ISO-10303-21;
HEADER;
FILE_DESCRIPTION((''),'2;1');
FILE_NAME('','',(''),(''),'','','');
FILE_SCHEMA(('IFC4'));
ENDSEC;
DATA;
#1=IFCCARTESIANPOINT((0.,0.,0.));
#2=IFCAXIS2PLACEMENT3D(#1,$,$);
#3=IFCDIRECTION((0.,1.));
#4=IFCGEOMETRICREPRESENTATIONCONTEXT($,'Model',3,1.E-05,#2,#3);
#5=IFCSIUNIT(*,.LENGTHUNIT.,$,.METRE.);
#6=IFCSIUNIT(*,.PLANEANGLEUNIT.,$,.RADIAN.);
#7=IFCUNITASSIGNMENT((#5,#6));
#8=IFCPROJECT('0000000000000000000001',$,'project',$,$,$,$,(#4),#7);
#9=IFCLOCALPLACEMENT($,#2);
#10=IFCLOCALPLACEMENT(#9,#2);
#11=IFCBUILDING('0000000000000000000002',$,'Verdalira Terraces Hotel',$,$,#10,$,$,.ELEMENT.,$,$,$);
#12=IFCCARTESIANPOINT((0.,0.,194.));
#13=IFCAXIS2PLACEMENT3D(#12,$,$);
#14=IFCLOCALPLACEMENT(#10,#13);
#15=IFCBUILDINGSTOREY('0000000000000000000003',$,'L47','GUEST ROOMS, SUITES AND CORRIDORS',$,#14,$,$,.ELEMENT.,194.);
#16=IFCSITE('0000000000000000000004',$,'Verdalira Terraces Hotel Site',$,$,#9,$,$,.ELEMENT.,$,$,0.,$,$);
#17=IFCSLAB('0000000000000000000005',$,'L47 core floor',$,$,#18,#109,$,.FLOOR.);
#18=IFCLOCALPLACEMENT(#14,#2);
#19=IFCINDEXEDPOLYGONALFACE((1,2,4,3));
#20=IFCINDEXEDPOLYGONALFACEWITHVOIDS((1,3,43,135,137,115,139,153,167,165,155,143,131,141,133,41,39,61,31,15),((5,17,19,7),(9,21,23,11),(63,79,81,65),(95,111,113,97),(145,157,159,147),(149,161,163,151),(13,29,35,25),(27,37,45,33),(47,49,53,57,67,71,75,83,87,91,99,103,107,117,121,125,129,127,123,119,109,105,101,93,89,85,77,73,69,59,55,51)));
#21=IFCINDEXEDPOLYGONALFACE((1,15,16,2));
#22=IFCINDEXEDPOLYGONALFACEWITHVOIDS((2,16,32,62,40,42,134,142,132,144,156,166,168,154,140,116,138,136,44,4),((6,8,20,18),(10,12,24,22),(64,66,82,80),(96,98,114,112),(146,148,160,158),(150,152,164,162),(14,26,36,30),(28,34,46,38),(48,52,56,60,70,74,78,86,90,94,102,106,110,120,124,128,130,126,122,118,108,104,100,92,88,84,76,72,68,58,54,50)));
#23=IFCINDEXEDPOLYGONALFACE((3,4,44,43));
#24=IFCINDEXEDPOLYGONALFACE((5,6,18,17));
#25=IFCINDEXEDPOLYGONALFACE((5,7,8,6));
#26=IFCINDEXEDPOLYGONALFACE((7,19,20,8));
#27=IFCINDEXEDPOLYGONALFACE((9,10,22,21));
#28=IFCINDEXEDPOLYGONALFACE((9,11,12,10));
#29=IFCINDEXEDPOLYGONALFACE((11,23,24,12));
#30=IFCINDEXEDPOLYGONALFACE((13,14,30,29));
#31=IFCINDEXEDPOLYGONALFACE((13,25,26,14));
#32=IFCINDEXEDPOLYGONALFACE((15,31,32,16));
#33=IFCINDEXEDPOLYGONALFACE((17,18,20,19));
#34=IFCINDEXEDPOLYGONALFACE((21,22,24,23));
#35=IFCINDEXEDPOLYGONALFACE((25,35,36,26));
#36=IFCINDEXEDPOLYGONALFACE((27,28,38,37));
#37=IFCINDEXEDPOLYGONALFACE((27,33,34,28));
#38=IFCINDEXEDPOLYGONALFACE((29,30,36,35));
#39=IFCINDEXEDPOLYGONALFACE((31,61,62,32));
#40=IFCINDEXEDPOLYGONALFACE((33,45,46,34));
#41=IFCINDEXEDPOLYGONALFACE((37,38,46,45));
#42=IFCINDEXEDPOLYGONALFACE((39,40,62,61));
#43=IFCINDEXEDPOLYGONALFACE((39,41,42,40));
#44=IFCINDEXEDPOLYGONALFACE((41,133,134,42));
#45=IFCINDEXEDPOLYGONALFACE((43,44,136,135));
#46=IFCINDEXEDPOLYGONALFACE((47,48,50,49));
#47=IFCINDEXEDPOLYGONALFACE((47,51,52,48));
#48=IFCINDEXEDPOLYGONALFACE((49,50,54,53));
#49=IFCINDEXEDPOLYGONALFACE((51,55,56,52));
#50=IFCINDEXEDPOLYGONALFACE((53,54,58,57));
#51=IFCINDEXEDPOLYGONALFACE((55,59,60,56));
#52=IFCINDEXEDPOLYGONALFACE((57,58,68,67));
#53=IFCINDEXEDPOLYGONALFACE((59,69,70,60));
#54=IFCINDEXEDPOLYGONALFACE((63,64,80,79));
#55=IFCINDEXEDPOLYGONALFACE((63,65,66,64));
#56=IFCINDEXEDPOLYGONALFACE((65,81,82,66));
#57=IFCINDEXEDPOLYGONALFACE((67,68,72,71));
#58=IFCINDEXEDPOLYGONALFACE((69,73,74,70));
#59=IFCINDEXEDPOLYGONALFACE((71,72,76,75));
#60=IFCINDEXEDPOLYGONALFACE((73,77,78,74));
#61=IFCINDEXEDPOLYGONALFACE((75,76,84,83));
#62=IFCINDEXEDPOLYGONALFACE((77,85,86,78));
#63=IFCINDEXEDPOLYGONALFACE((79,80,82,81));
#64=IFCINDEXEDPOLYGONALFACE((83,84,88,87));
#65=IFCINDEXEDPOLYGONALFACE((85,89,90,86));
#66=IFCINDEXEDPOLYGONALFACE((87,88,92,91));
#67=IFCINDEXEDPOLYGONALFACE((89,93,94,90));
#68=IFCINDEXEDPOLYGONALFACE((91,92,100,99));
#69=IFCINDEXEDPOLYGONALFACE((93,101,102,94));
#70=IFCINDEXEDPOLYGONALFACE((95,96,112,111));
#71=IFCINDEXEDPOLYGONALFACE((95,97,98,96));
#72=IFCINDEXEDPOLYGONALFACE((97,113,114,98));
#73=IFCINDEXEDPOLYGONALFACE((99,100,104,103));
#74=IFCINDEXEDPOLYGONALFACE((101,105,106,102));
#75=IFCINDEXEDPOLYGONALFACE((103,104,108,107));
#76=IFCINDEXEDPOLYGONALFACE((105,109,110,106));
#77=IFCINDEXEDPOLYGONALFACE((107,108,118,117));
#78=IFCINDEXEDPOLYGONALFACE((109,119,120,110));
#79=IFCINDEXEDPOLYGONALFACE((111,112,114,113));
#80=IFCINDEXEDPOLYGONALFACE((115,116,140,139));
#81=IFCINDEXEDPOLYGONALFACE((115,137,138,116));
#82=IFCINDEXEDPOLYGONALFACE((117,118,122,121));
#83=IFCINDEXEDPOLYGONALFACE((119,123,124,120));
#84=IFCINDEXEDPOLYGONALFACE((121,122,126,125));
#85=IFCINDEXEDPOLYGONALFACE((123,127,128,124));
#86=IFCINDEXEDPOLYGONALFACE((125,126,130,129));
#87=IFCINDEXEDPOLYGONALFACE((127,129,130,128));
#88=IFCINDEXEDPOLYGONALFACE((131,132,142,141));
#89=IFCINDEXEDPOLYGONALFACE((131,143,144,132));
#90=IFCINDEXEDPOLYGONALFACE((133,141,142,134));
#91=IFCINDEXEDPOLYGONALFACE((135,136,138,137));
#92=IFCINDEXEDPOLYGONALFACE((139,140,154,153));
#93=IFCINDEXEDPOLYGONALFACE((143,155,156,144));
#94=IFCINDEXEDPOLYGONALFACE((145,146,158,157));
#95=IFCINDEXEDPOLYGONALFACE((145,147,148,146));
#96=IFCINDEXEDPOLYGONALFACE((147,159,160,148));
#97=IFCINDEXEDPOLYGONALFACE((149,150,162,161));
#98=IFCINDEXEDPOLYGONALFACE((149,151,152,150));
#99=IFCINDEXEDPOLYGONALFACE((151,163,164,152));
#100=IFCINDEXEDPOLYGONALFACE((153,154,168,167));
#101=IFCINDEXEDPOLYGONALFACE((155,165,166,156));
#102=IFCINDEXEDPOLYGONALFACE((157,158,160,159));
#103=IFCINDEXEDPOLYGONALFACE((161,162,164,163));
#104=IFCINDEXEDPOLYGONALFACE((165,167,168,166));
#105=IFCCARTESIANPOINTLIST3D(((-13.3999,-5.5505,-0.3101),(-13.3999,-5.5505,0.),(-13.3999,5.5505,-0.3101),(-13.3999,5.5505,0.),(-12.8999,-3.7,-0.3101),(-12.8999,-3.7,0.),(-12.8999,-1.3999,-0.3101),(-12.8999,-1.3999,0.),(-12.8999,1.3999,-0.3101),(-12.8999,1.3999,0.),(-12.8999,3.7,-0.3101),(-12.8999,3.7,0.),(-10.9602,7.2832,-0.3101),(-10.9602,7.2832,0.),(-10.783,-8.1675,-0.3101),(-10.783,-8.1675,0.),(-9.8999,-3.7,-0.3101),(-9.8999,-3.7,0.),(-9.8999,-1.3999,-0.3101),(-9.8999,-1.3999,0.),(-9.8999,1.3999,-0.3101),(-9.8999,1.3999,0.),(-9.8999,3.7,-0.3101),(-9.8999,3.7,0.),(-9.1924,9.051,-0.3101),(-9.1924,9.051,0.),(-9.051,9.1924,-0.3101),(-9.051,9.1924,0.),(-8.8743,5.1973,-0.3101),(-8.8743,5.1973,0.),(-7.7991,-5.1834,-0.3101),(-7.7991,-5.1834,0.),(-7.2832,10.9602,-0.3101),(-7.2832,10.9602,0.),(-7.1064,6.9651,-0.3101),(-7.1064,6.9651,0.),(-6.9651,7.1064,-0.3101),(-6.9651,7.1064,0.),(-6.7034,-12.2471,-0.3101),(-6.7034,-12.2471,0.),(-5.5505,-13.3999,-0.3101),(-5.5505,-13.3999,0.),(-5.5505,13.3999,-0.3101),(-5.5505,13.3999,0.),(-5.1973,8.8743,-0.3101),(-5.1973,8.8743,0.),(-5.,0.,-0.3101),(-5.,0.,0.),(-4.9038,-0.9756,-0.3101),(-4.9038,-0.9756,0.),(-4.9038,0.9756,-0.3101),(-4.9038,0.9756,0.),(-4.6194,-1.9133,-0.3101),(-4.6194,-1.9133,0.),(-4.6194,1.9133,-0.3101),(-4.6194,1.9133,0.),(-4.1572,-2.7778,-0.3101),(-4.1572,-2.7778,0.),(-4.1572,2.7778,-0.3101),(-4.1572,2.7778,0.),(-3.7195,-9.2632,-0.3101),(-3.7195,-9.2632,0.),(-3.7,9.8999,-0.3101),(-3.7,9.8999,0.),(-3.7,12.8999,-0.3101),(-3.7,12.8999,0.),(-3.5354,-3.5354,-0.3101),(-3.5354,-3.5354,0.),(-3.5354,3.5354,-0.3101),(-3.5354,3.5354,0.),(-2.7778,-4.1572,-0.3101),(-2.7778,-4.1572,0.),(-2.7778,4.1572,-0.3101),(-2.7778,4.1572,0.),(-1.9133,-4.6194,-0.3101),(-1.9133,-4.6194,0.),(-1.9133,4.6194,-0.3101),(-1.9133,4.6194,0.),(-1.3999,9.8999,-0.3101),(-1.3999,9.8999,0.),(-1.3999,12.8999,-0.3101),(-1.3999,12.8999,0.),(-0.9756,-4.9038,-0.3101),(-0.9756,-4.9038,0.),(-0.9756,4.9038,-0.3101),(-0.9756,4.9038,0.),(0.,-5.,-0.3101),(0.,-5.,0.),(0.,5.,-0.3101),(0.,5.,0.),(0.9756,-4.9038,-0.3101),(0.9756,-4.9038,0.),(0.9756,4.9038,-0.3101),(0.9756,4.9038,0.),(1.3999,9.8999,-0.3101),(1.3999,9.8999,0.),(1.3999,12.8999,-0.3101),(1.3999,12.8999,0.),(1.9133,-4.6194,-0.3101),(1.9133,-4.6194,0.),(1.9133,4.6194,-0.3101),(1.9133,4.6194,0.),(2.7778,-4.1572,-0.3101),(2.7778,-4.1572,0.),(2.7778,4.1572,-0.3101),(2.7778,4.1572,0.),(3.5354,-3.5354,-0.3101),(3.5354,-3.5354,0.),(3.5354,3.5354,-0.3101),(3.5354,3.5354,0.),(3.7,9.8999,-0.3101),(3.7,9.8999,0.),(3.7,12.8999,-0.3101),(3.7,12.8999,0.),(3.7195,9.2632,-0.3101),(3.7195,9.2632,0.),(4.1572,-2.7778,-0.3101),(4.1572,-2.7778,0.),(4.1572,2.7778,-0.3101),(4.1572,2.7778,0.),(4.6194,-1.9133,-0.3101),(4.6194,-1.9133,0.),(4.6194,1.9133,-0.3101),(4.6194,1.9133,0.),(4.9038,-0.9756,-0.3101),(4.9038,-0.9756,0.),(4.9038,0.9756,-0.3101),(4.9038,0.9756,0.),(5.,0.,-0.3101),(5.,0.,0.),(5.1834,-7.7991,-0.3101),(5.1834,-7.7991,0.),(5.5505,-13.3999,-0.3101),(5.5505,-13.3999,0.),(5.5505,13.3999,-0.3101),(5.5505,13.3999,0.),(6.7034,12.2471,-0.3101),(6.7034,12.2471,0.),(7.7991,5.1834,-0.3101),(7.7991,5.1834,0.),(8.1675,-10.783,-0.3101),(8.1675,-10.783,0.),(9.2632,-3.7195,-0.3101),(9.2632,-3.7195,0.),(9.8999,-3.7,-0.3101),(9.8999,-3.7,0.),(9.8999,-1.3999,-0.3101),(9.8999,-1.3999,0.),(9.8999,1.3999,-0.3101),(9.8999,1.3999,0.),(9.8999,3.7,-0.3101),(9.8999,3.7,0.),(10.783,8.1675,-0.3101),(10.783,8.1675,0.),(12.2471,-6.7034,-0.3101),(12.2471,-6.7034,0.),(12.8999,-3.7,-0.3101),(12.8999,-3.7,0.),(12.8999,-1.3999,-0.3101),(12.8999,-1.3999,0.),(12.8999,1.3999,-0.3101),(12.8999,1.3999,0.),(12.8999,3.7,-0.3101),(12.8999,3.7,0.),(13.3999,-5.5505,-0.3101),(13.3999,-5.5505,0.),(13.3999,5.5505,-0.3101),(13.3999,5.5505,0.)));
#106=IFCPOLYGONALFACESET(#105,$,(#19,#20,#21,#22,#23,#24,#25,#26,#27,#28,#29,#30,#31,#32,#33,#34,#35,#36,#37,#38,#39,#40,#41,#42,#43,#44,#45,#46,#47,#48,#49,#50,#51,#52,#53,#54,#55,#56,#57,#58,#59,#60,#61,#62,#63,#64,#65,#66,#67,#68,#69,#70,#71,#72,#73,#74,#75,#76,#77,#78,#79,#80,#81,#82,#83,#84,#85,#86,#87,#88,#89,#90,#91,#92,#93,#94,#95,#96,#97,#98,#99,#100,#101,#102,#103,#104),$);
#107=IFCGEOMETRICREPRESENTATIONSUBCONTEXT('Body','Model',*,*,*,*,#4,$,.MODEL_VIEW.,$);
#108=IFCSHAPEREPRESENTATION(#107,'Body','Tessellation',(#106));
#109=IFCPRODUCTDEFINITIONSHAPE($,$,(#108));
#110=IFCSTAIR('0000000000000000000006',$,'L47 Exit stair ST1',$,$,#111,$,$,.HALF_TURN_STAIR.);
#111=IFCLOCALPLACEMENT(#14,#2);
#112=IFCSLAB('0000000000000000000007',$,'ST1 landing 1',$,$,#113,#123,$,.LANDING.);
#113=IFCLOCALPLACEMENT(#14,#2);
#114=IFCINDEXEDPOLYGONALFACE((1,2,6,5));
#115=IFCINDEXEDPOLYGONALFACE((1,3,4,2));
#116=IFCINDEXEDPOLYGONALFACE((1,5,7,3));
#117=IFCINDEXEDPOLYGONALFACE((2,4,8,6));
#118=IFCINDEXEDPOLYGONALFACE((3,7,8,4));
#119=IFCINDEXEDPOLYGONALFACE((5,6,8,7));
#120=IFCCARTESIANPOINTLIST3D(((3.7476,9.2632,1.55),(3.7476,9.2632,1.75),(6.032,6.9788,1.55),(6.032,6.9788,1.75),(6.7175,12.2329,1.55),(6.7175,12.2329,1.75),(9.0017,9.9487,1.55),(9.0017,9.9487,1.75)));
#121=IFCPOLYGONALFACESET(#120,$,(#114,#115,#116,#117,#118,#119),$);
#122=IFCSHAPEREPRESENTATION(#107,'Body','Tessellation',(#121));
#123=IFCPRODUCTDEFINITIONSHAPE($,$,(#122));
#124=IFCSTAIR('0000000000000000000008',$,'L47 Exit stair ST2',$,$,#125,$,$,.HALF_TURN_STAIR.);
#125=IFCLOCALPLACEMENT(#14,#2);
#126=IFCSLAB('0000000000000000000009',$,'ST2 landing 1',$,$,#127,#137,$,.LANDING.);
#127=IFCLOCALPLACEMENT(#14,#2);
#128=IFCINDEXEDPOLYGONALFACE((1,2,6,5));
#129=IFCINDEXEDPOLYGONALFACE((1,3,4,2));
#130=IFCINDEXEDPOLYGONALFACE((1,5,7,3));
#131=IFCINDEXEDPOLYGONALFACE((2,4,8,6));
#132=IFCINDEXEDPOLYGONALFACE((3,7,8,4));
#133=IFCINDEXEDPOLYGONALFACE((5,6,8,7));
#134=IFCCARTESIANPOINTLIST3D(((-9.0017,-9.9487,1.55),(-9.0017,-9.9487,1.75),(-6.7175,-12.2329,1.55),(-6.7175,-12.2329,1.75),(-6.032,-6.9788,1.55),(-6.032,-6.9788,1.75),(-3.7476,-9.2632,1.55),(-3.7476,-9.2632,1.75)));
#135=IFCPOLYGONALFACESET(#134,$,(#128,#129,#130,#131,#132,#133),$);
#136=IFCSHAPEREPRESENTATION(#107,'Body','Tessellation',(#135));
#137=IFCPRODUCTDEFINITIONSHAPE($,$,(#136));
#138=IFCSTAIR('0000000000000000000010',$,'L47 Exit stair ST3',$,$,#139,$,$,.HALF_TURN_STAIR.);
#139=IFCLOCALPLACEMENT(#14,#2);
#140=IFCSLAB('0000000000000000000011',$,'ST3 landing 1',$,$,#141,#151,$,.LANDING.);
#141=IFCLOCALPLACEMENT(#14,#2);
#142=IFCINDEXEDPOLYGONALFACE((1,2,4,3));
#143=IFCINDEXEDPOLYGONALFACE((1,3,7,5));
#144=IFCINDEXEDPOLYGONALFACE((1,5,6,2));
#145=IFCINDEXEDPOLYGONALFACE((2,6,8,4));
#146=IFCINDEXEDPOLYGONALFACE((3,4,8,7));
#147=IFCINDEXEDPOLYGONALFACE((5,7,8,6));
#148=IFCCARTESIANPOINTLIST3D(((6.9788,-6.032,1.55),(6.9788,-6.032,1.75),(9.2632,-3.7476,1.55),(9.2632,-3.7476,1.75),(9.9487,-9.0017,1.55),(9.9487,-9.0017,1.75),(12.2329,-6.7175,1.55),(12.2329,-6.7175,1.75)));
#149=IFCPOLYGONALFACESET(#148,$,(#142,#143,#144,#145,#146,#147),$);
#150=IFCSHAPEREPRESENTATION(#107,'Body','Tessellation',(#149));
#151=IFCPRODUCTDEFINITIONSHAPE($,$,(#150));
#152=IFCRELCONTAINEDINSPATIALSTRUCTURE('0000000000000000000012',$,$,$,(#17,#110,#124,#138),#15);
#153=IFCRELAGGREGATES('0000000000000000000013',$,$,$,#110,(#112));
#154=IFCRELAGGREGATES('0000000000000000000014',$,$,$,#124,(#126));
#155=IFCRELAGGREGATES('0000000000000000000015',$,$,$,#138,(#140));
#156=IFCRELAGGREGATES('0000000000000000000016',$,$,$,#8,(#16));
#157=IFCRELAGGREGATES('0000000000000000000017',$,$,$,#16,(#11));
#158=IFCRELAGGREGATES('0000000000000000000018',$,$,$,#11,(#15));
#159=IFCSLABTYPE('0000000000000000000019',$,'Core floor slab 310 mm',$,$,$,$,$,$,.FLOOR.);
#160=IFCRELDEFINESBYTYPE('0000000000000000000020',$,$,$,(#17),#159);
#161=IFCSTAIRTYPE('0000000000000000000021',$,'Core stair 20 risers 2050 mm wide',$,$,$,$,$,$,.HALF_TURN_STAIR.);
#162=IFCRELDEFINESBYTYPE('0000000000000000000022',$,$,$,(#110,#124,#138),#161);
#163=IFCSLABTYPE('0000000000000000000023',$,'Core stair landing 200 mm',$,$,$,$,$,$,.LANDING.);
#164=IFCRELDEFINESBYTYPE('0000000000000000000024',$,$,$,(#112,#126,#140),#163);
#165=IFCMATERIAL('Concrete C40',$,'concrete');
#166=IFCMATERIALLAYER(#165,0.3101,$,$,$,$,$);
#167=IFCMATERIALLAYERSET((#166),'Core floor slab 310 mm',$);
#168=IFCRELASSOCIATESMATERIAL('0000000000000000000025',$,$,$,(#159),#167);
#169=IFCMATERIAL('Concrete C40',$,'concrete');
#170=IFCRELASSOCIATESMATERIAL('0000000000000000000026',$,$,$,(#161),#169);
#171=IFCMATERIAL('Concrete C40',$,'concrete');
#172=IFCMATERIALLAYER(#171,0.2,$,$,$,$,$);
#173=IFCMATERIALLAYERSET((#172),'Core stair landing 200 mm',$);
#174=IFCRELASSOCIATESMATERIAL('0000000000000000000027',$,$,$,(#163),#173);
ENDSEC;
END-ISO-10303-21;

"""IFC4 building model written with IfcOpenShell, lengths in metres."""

from ifc_helpers import new_model, si_unit, direction, frame, origin, place, context, subcontext, project, spatial, polyline, outline, extrude, material, layer, layer_set, type_object, element, aggregate, save


model = new_model("IFC4")

# Units and contexts
model_context = context("Model", 3, precision=1e-05, world=origin(), true_north=direction((0.0, 1.0)))
body_context = subcontext(model_context, "Body", "Model", "MODEL_VIEW")
ifc_project = project(units=[si_unit("LENGTHUNIT", "METRE"), si_unit("PLANEANGLEUNIT", "RADIAN")], contexts=[model_context])

# Site, building, storey
site_placement = place(None, origin())
site = spatial("IfcSite", under=ifc_project, at=site_placement, Name="Verdalira Terraces Hotel Site", CompositionType="ELEMENT", RefElevation=0.0)
building_placement = place(site_placement, origin())
building = spatial("IfcBuilding", under=site, at=building_placement, Name="Verdalira Terraces Hotel", CompositionType="ELEMENT")
storey_placement = place(building_placement, frame((0.0, 0.0, 194.0)))
storey = spatial("IfcBuildingStorey", under=building, at=storey_placement, Name="L47", Description="GUEST ROOMS, SUITES AND CORRIDORS", CompositionType="ELEMENT", Elevation=194.0)

# Slab
ifc_material_1 = material(Name="Concrete C40", Category="concrete")
ifc_layer_1 = layer(ifc_material_1, 0.3101)
ifc_layer_set_1 = layer_set([ifc_layer_1], Name="Core floor slab 310 mm")
slab_type_1 = type_object("IfcSlabType", Name="Core floor slab 310 mm", PredefinedType="FLOOR", material=ifc_layer_set_1)
slab_1_placement = place(storey_placement, frame((0.0, 0.0, -0.3101)))
element("IfcSlab", 1, at=slab_1_placement, inside=storey, type_object=slab_type_1, Name="L47 core floor", PredefinedType="FLOOR", context=body_context, shape_type="SweptSolid", body=[
    extrude(outline(polyline([(-6.7034, -12.2471), (-3.7195, -9.2632), (-7.7991, -5.1833), (-10.783, -8.1675), (-13.3999, -5.5505), (-13.3999, 5.5505), (-5.5505, 13.3999), (5.5505, 13.3999), (6.7034, 12.2471), (3.7195, 9.2632), (7.7991, 5.1833), (10.783, 8.1675), (13.3999, 5.5505), (13.3999, -5.5505), (12.2471, -6.7034), (9.2632, -3.7195), (5.1833, -7.7991), (8.1675, -10.783), (5.5505, -13.3999), (-5.5505, -13.3999), (-6.7034, -12.2471)]), holes=[polyline([(9.8999, -1.3999), (9.8999, -3.7), (12.8999, -3.7), (12.8999, -1.3999), (9.8999, -1.3999)]), polyline([(9.8999, 3.7), (9.8999, 1.3999), (12.8999, 1.3999), (12.8999, 3.7), (9.8999, 3.7)]), polyline([(3.7, 12.8999), (1.3999, 12.8999), (1.3999, 9.8999), (3.7, 9.8999), (3.7, 12.8999)]), polyline([(-1.3999, 12.8999), (-3.7, 12.8999), (-3.7, 9.8999), (-1.3999, 9.8999), (-1.3999, 12.8999)]), polyline([(-9.8999, 1.3999), (-9.8999, 3.7), (-12.8999, 3.7), (-12.8999, 1.3999), (-9.8999, 1.3999)]), polyline([(-9.8999, -3.7), (-9.8999, -1.3999), (-12.8999, -1.3999), (-12.8999, -3.7), (-9.8999, -3.7)]), polyline([(-9.051, 9.1924), (-6.9651, 7.1064), (-5.1973, 8.8743), (-7.2832, 10.9602), (-9.051, 9.1924)]), polyline([(-9.1924, 9.051), (-10.9602, 7.2832), (-8.8743, 5.1973), (-7.1064, 6.9651), (-9.1924, 9.051)]), polyline([(3.5354, 3.5354), (2.7778, 4.1572), (1.9133, 4.6194), (0.9756, 4.9038), (0.0, 5.0), (-0.9756, 4.9038), (-1.9133, 4.6194), (-2.7778, 4.1572), (-3.5354, 3.5354), (-4.1572, 2.7778), (-4.6194, 1.9133), (-4.9038, 0.9756), (-5.0, 0.0), (-4.9038, -0.9756), (-4.6194, -1.9133), (-4.1572, -2.7778), (-3.5354, -3.5354), (-2.7778, -4.1572), (-1.9133, -4.6194), (-0.9756, -4.9038), (0.0, -5.0), (0.9756, -4.9038), (1.9133, -4.6194), (2.7778, -4.1572), (3.5354, -3.5354), (4.1572, -2.7778), (4.6194, -1.9133), (4.9038, -0.9756), (5.0, 0.0), (4.9038, 0.9756), (4.6194, 1.9133), (4.1572, 2.7778), (3.5354, 3.5354)])]), origin(), (0.0, 0.0, 1.0), 0.3101),
])

# Stairs, slabs
ifc_material_2 = material(Name="Concrete C40", Category="concrete")
stair_type = type_object("IfcStairType", Name="Core stair 20 risers 2050 mm wide", PredefinedType="HALF_TURN_STAIR", material=ifc_material_2)
stair_1_placement = place(storey_placement, origin())
stair_1 = element("IfcStair", 2, at=stair_1_placement, inside=storey, type_object=stair_type, Name="L47 Exit stair ST1", PredefinedType="HALF_TURN_STAIR")
ifc_material_3 = material(Name="Concrete C40", Category="concrete")
ifc_layer_2 = layer(ifc_material_3, 0.2)
ifc_layer_set_2 = layer_set([ifc_layer_2], Name="Core stair landing 200 mm")
slab_type_2 = type_object("IfcSlabType", Name="Core stair landing 200 mm", PredefinedType="LANDING", material=ifc_layer_set_2)
slab_2_placement = place(storey_placement, frame((0.0, 0.0, 1.55)))
slab_2 = element("IfcSlab", 3, at=slab_2_placement, type_object=slab_type_2, Name="ST1 landing 1", PredefinedType="LANDING", context=body_context, shape_type="SweptSolid", body=[
    extrude(outline(polyline([(9.0017, 9.9487), (6.7175, 12.2329), (3.7476, 9.2632), (6.032, 6.9788), (9.0017, 9.9487)])), origin(), (0.0, 0.0, 1.0), 0.2),
])
aggregate(stair_1, [slab_2])
stair_2_placement = place(storey_placement, origin())
stair_2 = element("IfcStair", 4, at=stair_2_placement, inside=storey, type_object=stair_type, Name="L47 Exit stair ST2", PredefinedType="HALF_TURN_STAIR")
slab_3_placement = place(storey_placement, frame((0.0, 0.0, 1.55)))
slab_3 = element("IfcSlab", 5, at=slab_3_placement, type_object=slab_type_2, Name="ST2 landing 1", PredefinedType="LANDING", context=body_context, shape_type="SweptSolid", body=[
    extrude(outline(polyline([(-9.0017, -9.9487), (-6.7175, -12.2329), (-3.7476, -9.2632), (-6.032, -6.9788), (-9.0017, -9.9487)])), origin(), (0.0, 0.0, 1.0), 0.2),
])
aggregate(stair_2, [slab_3])
stair_3_placement = place(storey_placement, origin())
stair_3 = element("IfcStair", 6, at=stair_3_placement, inside=storey, type_object=stair_type, Name="L47 Exit stair ST3", PredefinedType="HALF_TURN_STAIR")
slab_4_placement = place(storey_placement, frame((0.0, 0.0, 1.55)))
slab_4 = element("IfcSlab", 7, at=slab_4_placement, type_object=slab_type_2, Name="ST3 landing 1", PredefinedType="LANDING", context=body_context, shape_type="SweptSolid", body=[
    extrude(outline(polyline([(9.9487, -9.0017), (12.2329, -6.7175), (9.2632, -3.7476), (6.9788, -6.032), (9.9487, -9.0017)])), origin(), (0.0, 0.0, 1.0), 0.2),
])
aggregate(stair_3, [slab_4])

save(model, "model.ifc")
